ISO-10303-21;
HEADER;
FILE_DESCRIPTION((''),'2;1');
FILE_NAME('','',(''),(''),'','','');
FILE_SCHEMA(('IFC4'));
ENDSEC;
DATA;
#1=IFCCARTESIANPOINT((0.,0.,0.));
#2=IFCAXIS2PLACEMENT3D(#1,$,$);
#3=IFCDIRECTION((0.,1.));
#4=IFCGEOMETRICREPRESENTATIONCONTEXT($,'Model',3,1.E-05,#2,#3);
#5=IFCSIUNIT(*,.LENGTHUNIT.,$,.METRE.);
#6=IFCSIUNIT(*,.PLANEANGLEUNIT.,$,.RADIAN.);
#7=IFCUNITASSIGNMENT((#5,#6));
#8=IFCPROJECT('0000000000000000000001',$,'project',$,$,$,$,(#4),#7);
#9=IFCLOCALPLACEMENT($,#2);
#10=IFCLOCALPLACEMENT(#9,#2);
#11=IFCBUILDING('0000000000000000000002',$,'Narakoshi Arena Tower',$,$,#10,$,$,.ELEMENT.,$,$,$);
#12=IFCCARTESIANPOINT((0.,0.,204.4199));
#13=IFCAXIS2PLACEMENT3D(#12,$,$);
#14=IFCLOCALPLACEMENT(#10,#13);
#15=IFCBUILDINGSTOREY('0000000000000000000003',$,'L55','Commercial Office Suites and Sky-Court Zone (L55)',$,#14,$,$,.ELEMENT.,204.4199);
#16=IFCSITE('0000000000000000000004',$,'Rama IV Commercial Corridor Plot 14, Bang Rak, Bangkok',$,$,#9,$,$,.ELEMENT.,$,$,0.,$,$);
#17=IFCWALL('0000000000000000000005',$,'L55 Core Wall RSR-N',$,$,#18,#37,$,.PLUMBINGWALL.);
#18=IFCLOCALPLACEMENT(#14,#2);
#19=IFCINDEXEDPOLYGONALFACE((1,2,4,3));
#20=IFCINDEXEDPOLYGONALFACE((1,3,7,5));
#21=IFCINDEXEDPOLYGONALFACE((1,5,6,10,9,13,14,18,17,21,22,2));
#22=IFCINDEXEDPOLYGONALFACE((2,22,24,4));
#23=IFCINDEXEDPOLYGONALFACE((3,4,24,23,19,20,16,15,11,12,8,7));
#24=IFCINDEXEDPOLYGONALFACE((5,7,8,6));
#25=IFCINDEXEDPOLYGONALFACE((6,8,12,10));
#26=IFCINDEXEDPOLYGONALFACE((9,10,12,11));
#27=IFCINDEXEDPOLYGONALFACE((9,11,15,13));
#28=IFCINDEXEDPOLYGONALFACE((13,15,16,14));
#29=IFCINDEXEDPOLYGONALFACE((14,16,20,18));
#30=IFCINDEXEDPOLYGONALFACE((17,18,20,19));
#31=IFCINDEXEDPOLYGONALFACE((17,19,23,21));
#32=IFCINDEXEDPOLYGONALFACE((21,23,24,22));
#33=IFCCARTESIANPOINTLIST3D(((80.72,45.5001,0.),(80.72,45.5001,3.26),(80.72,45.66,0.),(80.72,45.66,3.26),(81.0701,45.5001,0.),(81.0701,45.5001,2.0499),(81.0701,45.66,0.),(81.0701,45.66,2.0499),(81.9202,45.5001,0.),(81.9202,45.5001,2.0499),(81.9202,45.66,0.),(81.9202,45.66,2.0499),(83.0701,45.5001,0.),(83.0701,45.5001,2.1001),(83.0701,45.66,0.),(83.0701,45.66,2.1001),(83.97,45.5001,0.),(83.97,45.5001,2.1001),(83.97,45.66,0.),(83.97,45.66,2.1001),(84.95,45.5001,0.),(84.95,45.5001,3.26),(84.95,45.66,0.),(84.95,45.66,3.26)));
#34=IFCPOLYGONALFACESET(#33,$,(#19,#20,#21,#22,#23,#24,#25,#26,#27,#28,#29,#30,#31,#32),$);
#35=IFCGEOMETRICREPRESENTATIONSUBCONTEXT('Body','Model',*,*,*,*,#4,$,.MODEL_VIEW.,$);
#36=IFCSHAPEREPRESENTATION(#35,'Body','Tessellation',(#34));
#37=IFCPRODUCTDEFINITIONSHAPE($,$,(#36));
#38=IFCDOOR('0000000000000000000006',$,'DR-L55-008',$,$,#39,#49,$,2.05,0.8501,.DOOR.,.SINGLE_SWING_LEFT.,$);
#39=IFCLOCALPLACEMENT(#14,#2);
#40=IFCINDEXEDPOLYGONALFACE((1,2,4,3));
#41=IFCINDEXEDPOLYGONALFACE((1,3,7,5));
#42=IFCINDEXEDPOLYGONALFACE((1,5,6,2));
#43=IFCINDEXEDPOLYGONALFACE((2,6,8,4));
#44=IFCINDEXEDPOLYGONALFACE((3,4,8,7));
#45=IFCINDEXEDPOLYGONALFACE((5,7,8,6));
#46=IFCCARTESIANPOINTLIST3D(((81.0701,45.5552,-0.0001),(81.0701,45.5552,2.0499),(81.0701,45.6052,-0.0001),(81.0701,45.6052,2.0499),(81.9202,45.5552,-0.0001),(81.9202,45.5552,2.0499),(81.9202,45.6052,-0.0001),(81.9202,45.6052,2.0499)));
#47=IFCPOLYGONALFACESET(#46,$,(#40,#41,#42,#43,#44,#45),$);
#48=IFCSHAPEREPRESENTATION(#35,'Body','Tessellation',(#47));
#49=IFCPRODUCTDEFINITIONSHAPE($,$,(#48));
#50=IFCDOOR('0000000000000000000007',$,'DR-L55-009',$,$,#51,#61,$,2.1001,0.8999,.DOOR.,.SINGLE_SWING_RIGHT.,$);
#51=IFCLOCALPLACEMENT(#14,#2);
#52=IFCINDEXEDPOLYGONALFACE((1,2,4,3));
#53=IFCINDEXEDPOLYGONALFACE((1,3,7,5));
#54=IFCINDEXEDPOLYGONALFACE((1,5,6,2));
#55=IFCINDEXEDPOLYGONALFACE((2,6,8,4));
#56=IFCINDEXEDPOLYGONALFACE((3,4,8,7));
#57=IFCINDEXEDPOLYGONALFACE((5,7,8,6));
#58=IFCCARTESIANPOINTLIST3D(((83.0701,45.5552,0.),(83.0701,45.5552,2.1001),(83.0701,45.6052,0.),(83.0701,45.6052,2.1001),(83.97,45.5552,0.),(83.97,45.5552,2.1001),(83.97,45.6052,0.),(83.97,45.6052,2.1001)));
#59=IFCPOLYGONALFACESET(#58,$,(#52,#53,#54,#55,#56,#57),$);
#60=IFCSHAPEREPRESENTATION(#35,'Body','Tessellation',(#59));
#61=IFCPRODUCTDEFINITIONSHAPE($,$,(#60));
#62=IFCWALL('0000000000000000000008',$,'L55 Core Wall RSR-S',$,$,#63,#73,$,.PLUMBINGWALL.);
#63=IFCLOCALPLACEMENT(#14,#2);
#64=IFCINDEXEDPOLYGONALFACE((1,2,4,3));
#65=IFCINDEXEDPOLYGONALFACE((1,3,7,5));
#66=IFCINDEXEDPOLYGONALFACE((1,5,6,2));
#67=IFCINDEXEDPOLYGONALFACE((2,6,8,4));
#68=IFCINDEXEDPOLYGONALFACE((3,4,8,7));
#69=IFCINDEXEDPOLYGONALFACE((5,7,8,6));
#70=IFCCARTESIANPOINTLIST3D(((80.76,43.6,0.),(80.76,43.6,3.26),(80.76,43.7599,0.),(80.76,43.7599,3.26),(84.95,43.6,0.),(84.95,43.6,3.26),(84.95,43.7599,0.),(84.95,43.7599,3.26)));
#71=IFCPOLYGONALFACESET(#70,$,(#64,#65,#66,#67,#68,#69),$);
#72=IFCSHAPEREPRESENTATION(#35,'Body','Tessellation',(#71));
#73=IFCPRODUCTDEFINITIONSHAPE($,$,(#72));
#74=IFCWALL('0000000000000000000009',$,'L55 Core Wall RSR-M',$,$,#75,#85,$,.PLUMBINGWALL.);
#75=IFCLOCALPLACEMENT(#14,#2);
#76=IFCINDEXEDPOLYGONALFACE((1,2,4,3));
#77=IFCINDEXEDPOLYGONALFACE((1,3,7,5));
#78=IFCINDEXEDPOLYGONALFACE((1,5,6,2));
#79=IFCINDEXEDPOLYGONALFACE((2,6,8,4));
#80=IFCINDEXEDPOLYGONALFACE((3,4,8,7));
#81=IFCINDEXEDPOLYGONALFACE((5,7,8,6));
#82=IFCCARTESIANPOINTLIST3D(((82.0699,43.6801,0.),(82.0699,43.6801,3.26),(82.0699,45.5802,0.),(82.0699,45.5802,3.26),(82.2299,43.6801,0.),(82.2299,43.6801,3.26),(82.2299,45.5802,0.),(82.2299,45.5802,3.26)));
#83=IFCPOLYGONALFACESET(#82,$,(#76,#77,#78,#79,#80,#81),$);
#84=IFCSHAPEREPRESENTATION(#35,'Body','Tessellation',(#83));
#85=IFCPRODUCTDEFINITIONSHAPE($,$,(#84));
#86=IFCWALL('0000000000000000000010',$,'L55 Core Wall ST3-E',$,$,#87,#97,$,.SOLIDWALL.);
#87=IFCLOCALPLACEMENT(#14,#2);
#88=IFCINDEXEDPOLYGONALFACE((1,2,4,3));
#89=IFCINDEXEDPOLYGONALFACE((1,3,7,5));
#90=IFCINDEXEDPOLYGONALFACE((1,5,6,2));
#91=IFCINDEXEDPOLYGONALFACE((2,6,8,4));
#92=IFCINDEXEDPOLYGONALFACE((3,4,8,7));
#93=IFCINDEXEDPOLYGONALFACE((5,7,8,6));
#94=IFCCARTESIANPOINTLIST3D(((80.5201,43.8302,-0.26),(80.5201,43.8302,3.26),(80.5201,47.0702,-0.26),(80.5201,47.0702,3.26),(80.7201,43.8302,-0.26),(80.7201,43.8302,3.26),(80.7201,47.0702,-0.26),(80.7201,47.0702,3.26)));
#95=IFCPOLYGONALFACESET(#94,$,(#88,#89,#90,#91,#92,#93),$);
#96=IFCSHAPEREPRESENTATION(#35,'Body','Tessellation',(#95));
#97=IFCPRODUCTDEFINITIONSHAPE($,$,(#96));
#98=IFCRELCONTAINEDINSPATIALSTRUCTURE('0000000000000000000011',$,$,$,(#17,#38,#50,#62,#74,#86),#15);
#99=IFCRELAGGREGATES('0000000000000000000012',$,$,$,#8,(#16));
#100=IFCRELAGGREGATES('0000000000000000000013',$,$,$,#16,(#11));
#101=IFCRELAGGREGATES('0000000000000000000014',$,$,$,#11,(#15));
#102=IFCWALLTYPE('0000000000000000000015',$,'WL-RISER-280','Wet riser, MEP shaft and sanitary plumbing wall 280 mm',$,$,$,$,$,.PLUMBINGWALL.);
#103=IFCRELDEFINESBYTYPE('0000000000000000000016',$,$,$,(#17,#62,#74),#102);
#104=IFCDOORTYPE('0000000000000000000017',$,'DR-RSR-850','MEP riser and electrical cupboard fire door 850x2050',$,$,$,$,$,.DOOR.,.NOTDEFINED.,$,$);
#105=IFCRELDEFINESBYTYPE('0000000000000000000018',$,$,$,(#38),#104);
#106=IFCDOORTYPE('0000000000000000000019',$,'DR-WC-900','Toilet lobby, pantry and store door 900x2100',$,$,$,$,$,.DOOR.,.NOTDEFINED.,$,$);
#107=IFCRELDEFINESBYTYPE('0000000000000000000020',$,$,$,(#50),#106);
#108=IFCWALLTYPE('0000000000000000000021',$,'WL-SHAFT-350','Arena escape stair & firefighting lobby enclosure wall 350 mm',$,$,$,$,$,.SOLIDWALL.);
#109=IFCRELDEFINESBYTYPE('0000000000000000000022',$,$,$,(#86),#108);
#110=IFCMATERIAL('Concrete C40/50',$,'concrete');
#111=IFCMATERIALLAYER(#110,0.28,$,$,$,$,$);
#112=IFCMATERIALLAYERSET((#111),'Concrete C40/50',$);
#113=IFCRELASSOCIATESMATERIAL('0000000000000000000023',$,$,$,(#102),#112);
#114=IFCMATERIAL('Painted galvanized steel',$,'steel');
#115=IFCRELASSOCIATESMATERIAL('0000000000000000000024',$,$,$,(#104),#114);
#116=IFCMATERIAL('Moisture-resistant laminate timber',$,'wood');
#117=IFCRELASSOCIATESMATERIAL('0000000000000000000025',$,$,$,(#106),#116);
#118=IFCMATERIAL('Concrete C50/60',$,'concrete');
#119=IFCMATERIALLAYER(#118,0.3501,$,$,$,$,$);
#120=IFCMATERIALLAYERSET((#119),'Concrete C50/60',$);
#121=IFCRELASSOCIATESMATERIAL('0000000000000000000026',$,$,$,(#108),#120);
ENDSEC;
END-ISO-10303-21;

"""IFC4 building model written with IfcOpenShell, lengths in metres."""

from ifc_helpers import new_model, si_unit, direction, frame, frame_2d, origin, place, context, subcontext, project, spatial, rectangle, extrude, material, layer, layer_set, type_object, element, fill, save


model = new_model("IFC4")

# Units and contexts
model_context = context("Model", 3, precision=1e-05, world=origin(), true_north=direction((0.0, 1.0)))
body_context = subcontext(model_context, "Body", "Model", "MODEL_VIEW")
ifc_project = project(units=[si_unit("LENGTHUNIT", "METRE"), si_unit("PLANEANGLEUNIT", "RADIAN")], contexts=[model_context])

# Site, building, storey
site_placement = place(None, origin())
site = spatial("IfcSite", under=ifc_project, at=site_placement, Name="Rama IV Commercial Corridor Plot 14, Bang Rak, Bangkok", CompositionType="ELEMENT", RefElevation=0.0)
building_placement = place(site_placement, origin())
building = spatial("IfcBuilding", under=site, at=building_placement, Name="Narakoshi Arena Tower", CompositionType="ELEMENT")
storey_placement = place(building_placement, frame((0.0, 0.0, 204.4199)))
storey = spatial("IfcBuildingStorey", under=building, at=storey_placement, Name="L55", Description="Commercial Office Suites and Sky-Court Zone (L55)", CompositionType="ELEMENT", Elevation=204.4199)

# Shared definitions
ifc_material_1 = material(Name="Concrete C50/60", Category="concrete")

# Shared definitions
ifc_material_2 = material(Name="Concrete C40/50", Category="concrete")
ifc_layer_1 = layer(ifc_material_2, 0.28)
ifc_layer_set_1 = layer_set([ifc_layer_1], Name="Concrete C40/50")
wall_type_1 = type_object("IfcWallType", Name="WL-RISER-280", Description="Wet riser, MEP shaft and sanitary plumbing wall 280 mm", PredefinedType="PLUMBINGWALL", material=ifc_layer_set_1)

# Wall, openings, doors
wall_1_placement = place(storey_placement, frame((80.72, 45.5801, 0.0), z_axis=(0.0, 0.0, 1.0), x_axis=(1.0, 0.0, 0.0)))
wall_1 = element("IfcWall", 1, at=wall_1_placement, inside=storey, type_object=wall_type_1, Name="L55 Core Wall RSR-N", PredefinedType="PLUMBINGWALL", context=body_context, shape_type="SweptSolid", body=[
    extrude(rectangle(XDim=4.23, YDim=0.1599, at=frame_2d((2.115, 0.0))), origin(), (0.0, 0.0, 1.0), 3.26),
])
opening_1_placement = place(wall_1_placement, frame((0.3501, 0.0, 0.0)))
opening_1 = element("IfcOpeningElement", 2, at=opening_1_placement, cuts=wall_1, PredefinedType="OPENING", context=body_context, shape_type="SweptSolid", body=[
    extrude(rectangle(XDim=0.8501, YDim=2.05, at=frame_2d((0.425, 1.0249))), frame((0.0, 0.0898, 0.0), z_axis=(0.0, -1.0, 0.0), x_axis=(1.0, 0.0, 0.0)), (0.0, 0.0, 1.0), 0.1799),
])
opening_2_placement = place(wall_1_placement, frame((2.3501, 0.0, 0.0)))
opening_2 = element("IfcOpeningElement", 3, at=opening_2_placement, cuts=wall_1, PredefinedType="OPENING", context=body_context, shape_type="SweptSolid", body=[
    extrude(rectangle(XDim=0.8999, YDim=2.1001, at=frame_2d((0.45, 1.05))), frame((0.0, 0.0898, 0.0), z_axis=(0.0, -1.0, 0.0), x_axis=(1.0, 0.0, 0.0)), (0.0, 0.0, 1.0), 0.1799),
])
ifc_material_3 = material(Name="Painted galvanized steel", Category="steel")
door_type_1 = type_object("IfcDoorType", Name="DR-RSR-850", Description="MEP riser and electrical cupboard fire door 850x2050", OperationType="NOTDEFINED", PredefinedType="DOOR", material=ifc_material_3)
door_1_placement = place(opening_1_placement, frame((0.8501, 0.0, 0.0), z_axis=(0.0, 0.0, 1.0), x_axis=(-1.0, 0.0, 0.0)))
door_1 = element("IfcDoor", 4, at=door_1_placement, inside=storey, type_object=door_type_1, Name="DR-L55-008", OperationType="SINGLE_SWING_LEFT", OverallHeight=2.05, OverallWidth=0.8501, PredefinedType="DOOR", context=body_context, shape_type="SweptSolid", body=[
    extrude(rectangle(XDim=0.8501, YDim=2.05, at=frame_2d((0.425, 1.0249))), frame((0.0, 0.0249, 0.0), z_axis=(0.0, -1.0, 0.0), x_axis=(1.0, 0.0, 0.0)), (0.0, 0.0, 1.0), 0.05),
])
fill(opening_1, door_1)
ifc_material_4 = material(Name="Moisture-resistant laminate timber", Category="wood")
door_type_2 = type_object("IfcDoorType", Name="DR-WC-900", Description="Toilet lobby, pantry and store door 900x2100", OperationType="NOTDEFINED", PredefinedType="DOOR", material=ifc_material_4)
door_2_placement = place(opening_2_placement, frame((0.8999, 0.0, 0.0), z_axis=(0.0, 0.0, 1.0), x_axis=(-1.0, 0.0, 0.0)))
door_2 = element("IfcDoor", 5, at=door_2_placement, inside=storey, type_object=door_type_2, Name="DR-L55-009", OperationType="SINGLE_SWING_RIGHT", OverallHeight=2.1001, OverallWidth=0.8999, PredefinedType="DOOR", context=body_context, shape_type="SweptSolid", body=[
    extrude(rectangle(XDim=0.8999, YDim=2.1001, at=frame_2d((0.45, 1.05))), frame((0.0, 0.0249, 0.0), z_axis=(0.0, -1.0, 0.0), x_axis=(1.0, 0.0, 0.0)), (0.0, 0.0, 1.0), 0.05),
])
fill(opening_2, door_2)

# Walls
wall_2_placement = place(storey_placement, frame((80.76, 43.6799, 0.0), z_axis=(0.0, 0.0, 1.0), x_axis=(1.0, 0.0, 0.0)))
element("IfcWall", 6, at=wall_2_placement, inside=storey, type_object=wall_type_1, Name="L55 Core Wall RSR-S", PredefinedType="PLUMBINGWALL", context=body_context, shape_type="SweptSolid", body=[
    extrude(rectangle(XDim=4.1899, YDim=0.1599, at=frame_2d((2.095, 0.0))), origin(), (0.0, 0.0, 1.0), 3.26),
])
wall_3_placement = place(storey_placement, frame((82.1499, 43.6799, 0.0), z_axis=(0.0, 0.0, 1.0), x_axis=(0.0, 1.0, 0.0)))
element("IfcWall", 7, at=wall_3_placement, inside=storey, type_object=wall_type_1, Name="L55 Core Wall RSR-M", PredefinedType="PLUMBINGWALL", context=body_context, shape_type="SweptSolid", body=[
    extrude(rectangle(XDim=1.9001, YDim=0.1599, at=frame_2d((0.9502, 0.0))), origin(), (0.0, 0.0, 1.0), 3.26),
])
ifc_layer_2 = layer(ifc_material_1, 0.3501)
ifc_layer_set_2 = layer_set([ifc_layer_2], Name="Concrete C50/60")
wall_type_2 = type_object("IfcWallType", Name="WL-SHAFT-350", Description="Arena escape stair & firefighting lobby enclosure wall 350 mm", PredefinedType="SOLIDWALL", material=ifc_layer_set_2)
wall_4_placement = place(storey_placement, frame((80.6201, 43.8301, -0.26), z_axis=(0.0, 0.0, 1.0), x_axis=(0.0, 1.0, 0.0)))
element("IfcWall", 8, at=wall_4_placement, inside=storey, type_object=wall_type_2, Name="L55 Core Wall ST3-E", PredefinedType="SOLIDWALL", context=body_context, shape_type="SweptSolid", body=[
    extrude(rectangle(XDim=3.24, YDim=0.2, at=frame_2d((1.6201, 0.0))), origin(), (0.0, 0.0, 1.0), 3.52),
])

save(model, "model.ifc")
